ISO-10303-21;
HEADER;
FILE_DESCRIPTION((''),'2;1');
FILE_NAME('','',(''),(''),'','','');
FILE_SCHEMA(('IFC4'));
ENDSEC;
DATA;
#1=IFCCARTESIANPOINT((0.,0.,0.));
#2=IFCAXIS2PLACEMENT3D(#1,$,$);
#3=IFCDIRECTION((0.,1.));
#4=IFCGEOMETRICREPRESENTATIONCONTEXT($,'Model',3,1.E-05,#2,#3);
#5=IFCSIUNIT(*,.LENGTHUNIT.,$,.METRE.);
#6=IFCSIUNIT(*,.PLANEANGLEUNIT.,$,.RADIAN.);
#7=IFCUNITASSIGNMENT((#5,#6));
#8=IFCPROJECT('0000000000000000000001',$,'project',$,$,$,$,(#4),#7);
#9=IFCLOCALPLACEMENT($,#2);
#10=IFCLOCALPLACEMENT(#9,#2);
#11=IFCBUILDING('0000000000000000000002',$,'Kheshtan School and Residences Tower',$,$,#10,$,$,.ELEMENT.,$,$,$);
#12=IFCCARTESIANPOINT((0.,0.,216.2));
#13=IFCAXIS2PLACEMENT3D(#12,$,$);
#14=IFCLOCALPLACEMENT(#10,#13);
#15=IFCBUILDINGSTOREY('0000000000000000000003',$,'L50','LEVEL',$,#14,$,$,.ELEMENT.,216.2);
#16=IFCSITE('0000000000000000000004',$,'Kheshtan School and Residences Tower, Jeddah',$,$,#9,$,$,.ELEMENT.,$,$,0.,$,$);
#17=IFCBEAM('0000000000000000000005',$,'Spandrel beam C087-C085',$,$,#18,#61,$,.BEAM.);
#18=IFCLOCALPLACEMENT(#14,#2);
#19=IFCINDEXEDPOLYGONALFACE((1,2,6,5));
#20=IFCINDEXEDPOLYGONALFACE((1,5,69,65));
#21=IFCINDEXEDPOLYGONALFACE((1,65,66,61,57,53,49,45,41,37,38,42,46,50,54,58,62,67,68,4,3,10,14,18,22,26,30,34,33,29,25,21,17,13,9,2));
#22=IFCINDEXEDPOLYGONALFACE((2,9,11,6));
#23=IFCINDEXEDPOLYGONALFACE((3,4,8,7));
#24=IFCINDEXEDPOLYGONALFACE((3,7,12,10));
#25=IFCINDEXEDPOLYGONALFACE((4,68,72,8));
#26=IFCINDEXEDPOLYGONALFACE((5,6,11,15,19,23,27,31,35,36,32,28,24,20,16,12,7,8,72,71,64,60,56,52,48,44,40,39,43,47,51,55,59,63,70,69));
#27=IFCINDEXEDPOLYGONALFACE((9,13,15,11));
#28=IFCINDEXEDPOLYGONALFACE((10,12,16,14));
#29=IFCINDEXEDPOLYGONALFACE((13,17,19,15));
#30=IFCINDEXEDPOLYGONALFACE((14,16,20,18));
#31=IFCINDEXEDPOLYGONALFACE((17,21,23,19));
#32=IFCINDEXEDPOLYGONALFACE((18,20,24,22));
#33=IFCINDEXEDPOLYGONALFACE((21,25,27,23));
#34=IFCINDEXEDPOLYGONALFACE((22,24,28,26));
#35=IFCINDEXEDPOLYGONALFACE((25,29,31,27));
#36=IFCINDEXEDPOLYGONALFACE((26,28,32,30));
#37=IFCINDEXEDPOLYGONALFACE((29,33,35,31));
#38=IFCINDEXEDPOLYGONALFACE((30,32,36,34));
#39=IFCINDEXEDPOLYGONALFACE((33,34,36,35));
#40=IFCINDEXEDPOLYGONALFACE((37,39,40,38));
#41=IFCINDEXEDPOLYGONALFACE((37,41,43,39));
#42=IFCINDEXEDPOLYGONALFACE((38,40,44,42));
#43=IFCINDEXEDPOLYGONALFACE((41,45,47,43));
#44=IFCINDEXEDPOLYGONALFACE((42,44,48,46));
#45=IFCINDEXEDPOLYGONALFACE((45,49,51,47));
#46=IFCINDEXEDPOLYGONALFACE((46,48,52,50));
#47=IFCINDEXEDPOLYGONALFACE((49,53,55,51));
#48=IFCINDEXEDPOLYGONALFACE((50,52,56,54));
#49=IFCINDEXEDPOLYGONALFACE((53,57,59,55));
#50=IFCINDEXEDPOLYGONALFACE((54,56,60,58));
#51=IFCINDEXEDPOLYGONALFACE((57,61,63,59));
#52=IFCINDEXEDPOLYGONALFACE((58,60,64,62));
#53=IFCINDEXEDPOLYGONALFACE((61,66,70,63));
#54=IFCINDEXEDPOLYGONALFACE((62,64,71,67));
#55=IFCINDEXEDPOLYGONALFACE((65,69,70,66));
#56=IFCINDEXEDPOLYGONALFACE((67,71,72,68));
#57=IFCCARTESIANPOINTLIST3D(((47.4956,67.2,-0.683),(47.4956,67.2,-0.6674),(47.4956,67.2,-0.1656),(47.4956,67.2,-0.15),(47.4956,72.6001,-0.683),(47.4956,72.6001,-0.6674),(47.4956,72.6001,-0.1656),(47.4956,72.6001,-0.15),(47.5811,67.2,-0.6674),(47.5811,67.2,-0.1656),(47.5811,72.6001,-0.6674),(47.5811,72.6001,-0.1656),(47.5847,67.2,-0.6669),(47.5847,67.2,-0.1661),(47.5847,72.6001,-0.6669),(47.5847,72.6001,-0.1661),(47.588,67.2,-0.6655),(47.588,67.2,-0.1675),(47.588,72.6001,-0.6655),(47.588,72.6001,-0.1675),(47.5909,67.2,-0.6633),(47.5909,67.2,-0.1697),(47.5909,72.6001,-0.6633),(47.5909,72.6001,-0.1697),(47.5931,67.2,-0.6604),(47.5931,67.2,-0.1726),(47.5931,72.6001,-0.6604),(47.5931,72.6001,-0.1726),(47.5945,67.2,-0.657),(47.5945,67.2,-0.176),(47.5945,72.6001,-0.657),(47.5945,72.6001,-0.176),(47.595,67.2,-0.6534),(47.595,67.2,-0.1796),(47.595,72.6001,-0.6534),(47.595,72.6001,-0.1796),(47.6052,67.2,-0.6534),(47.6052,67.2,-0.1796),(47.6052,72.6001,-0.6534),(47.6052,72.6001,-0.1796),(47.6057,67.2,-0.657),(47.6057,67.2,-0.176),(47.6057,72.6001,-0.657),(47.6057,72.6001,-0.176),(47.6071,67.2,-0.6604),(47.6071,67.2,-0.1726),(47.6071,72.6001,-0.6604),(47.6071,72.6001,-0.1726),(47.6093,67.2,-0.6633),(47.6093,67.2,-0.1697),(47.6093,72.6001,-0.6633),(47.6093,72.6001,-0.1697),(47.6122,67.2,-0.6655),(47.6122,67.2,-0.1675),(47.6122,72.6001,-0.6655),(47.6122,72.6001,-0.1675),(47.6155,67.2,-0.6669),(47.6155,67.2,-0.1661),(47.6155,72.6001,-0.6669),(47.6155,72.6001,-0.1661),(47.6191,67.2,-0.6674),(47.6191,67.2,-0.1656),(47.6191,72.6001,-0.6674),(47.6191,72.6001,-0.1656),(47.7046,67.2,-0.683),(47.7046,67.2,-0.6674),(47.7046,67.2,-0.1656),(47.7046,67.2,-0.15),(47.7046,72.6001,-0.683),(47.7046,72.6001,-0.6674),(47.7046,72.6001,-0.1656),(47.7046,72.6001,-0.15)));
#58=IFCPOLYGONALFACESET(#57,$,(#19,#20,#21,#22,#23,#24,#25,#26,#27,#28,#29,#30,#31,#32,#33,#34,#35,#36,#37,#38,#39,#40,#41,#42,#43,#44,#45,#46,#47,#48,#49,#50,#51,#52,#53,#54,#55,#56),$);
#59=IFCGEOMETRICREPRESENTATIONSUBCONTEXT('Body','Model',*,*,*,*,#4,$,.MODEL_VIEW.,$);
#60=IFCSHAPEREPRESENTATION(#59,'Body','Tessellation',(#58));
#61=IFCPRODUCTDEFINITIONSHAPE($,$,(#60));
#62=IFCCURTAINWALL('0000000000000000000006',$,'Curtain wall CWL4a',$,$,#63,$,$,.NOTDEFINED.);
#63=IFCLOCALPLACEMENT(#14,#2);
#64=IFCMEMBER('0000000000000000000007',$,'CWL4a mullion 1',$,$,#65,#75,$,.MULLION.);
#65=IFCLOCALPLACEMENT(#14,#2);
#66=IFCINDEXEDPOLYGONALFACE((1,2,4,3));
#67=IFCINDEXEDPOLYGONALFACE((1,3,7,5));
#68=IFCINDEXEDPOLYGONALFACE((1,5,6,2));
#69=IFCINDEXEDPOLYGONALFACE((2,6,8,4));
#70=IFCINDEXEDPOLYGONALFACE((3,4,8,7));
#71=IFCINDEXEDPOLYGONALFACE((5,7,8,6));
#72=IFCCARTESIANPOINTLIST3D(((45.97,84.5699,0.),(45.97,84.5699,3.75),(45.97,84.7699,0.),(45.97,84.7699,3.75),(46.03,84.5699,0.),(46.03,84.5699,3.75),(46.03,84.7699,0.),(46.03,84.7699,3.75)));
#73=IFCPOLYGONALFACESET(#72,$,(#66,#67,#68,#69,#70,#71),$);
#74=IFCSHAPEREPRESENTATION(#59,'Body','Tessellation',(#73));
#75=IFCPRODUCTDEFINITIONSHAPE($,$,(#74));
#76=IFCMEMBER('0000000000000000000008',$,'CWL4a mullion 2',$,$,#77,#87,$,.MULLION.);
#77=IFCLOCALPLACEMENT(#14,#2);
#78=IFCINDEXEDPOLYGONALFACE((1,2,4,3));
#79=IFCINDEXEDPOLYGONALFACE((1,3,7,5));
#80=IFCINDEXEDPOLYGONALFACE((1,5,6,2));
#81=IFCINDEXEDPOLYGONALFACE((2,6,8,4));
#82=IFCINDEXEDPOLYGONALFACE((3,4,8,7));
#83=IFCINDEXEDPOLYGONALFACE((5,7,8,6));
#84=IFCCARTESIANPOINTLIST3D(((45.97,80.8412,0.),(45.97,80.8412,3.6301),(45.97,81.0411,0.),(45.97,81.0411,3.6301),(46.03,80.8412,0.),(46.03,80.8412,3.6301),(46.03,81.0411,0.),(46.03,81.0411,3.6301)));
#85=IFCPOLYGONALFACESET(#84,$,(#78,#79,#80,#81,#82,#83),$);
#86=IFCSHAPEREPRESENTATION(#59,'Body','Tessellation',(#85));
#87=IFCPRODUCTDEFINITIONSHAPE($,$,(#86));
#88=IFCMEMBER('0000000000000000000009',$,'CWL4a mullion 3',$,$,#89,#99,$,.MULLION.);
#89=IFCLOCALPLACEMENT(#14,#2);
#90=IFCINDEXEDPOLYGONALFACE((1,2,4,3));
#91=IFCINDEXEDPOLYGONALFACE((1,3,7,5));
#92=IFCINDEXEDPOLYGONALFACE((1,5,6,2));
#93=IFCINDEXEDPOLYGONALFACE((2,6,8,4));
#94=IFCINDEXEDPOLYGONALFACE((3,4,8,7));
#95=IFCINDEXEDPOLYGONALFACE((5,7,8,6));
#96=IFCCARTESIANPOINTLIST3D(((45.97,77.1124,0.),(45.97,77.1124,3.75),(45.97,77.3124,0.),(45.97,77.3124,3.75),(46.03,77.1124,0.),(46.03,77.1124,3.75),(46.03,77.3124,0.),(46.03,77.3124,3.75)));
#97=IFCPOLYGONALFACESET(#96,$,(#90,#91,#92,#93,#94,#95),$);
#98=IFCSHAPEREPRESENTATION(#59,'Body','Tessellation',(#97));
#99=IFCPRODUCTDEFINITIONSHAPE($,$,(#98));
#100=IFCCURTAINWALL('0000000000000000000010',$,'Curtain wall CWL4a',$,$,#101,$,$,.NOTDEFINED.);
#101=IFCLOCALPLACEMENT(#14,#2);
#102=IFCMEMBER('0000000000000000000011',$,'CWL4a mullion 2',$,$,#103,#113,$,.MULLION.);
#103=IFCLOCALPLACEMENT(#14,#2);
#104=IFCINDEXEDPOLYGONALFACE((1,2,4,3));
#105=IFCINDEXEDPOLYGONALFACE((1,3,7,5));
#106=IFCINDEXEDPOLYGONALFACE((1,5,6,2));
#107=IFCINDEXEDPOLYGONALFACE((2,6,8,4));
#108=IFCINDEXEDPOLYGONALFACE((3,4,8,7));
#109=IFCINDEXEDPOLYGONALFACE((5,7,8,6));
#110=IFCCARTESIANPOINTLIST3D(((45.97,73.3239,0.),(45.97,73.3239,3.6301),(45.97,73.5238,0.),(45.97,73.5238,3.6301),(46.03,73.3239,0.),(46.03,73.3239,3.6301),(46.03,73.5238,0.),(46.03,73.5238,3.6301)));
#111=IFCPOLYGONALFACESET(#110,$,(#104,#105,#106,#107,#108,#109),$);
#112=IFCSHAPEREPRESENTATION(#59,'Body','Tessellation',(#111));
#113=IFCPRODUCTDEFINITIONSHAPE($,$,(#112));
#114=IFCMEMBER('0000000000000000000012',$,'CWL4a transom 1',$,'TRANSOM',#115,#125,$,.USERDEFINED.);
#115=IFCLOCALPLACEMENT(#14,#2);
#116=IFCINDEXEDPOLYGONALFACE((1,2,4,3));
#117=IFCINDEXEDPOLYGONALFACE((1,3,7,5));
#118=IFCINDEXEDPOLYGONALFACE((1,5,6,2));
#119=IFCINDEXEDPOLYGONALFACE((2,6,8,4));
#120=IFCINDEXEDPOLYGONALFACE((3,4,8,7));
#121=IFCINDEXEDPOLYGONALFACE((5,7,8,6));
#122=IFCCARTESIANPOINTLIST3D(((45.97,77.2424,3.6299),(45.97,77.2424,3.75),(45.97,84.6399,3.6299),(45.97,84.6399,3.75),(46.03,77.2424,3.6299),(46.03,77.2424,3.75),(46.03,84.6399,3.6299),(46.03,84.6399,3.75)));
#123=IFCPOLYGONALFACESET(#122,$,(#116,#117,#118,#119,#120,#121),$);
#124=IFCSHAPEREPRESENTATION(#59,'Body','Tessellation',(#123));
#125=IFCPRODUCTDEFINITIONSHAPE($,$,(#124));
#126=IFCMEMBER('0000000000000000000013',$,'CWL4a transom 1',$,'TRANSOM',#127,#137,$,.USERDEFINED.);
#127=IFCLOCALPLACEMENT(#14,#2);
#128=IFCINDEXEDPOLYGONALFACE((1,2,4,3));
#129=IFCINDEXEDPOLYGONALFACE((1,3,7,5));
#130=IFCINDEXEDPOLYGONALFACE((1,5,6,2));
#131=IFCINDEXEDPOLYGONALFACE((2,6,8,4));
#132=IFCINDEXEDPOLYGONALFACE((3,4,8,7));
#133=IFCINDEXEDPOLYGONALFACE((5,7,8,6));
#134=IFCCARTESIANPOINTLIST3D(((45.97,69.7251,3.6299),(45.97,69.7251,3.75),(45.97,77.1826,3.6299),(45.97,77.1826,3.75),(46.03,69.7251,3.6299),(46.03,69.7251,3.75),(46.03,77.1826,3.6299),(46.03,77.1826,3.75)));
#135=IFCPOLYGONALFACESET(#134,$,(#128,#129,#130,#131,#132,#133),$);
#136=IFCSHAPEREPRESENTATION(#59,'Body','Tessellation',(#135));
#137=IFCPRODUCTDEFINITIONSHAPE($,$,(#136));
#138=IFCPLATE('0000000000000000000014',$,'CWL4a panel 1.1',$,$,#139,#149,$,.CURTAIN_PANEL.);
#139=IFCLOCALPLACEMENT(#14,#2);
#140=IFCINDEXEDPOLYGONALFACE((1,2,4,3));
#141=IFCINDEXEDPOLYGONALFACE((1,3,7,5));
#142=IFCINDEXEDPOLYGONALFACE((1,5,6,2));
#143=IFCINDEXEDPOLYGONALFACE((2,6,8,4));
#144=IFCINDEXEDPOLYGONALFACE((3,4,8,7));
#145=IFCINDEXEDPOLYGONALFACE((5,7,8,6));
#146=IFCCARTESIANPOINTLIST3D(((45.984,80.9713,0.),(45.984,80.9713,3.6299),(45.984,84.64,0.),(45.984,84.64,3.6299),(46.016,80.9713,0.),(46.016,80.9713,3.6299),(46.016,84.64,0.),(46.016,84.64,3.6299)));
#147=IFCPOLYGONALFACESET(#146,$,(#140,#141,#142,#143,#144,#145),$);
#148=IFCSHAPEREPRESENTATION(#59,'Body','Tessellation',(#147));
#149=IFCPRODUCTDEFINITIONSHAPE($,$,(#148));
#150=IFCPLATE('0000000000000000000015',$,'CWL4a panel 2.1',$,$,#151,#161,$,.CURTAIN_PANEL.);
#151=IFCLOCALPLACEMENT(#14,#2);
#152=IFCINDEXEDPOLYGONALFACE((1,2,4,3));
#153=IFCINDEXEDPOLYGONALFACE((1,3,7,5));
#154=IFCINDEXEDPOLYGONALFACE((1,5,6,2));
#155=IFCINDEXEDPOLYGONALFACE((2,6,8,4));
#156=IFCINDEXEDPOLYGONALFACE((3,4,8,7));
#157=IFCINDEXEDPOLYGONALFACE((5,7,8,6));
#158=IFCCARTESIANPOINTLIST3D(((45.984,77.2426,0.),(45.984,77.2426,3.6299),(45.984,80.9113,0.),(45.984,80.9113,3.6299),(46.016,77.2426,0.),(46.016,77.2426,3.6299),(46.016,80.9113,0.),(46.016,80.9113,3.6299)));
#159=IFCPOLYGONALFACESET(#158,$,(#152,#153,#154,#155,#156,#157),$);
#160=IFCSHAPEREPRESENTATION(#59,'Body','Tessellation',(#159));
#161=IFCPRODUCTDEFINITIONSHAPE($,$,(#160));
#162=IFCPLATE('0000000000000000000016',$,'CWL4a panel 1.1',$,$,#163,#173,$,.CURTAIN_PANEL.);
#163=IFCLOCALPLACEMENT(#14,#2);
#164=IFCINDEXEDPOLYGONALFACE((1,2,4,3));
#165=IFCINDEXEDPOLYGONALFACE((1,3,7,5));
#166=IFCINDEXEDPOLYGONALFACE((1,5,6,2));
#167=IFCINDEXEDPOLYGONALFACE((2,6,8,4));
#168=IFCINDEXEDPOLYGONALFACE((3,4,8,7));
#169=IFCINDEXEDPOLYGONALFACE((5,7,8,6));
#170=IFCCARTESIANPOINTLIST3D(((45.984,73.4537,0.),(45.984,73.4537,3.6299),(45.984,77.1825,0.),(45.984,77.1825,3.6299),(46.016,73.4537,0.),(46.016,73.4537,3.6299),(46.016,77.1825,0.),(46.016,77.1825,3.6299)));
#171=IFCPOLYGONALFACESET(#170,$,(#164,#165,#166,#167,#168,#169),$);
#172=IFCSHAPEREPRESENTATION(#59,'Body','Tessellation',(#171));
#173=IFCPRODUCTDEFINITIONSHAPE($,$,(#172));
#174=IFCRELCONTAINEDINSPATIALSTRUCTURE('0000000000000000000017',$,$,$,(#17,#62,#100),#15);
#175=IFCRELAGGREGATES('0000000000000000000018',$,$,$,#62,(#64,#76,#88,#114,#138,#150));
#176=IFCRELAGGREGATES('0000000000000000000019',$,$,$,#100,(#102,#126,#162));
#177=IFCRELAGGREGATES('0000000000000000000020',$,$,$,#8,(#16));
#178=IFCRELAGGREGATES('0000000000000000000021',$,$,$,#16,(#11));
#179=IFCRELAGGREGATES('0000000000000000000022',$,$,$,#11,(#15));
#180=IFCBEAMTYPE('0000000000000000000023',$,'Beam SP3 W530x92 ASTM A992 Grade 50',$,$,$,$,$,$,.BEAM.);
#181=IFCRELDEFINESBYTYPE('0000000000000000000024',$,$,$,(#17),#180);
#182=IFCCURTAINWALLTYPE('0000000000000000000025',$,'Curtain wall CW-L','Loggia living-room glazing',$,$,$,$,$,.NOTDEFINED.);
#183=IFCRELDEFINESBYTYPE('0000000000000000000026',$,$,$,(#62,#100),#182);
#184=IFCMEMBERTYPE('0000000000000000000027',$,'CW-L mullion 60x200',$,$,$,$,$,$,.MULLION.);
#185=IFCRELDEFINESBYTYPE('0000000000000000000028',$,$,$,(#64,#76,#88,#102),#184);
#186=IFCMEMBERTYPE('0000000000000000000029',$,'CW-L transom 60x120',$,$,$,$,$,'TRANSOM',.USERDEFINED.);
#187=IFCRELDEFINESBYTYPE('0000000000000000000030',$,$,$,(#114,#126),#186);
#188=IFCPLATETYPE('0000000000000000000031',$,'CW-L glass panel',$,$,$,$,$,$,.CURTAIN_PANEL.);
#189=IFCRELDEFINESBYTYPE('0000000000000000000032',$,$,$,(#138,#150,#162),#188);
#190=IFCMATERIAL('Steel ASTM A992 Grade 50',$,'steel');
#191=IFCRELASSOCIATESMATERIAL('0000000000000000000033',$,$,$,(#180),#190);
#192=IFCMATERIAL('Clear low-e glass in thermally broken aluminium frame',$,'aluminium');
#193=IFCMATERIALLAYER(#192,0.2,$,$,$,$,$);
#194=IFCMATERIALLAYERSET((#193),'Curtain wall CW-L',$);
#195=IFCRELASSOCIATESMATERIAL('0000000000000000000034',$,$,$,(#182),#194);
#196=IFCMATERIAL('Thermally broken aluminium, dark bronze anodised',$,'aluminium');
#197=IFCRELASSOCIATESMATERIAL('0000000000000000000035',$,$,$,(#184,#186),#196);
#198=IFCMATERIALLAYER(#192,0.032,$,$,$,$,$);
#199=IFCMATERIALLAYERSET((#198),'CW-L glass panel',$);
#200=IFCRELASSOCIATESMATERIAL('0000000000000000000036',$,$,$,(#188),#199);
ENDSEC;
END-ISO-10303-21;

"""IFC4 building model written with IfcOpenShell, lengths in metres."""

from ifc_helpers import new_model, si_unit, direction, frame, origin, origin_2d, place, context, subcontext, project, spatial, rectangle, i_section, extrude, material, layer, layer_set, material_profile, profile_set, type_object, element, aggregate, save


model = new_model("IFC4")

# Units and contexts
model_context = context("Model", 3, precision=1e-05, world=origin(), true_north=direction((0.0, 1.0)))
body_context = subcontext(model_context, "Body", "Model", "MODEL_VIEW")
ifc_project = project(units=[si_unit("LENGTHUNIT", "METRE"), si_unit("PLANEANGLEUNIT", "RADIAN")], contexts=[model_context])

# Site, building, storey
site_placement = place(None, origin())
site = spatial("IfcSite", under=ifc_project, at=site_placement, Name="Kheshtan School and Residences Tower, Jeddah", CompositionType="ELEMENT", RefElevation=0.0)
building_placement = place(site_placement, origin())
building = spatial("IfcBuilding", under=site, at=building_placement, Name="Kheshtan School and Residences Tower", CompositionType="ELEMENT")
storey_placement = place(building_placement, frame((0.0, 0.0, 216.2)))
storey = spatial("IfcBuildingStorey", under=building, at=storey_placement, Name="L50", Description="LEVEL", CompositionType="ELEMENT", Elevation=216.2)

# Shared definitions
ifc_material_1 = material(Name="Steel ASTM A992 Grade 50", Category="steel")

# Beam
ifc_material_profile_1 = material_profile(ifc_material_1, i_section(OverallWidth=0.209, OverallDepth=0.533, WebThickness=0.0103, FlangeThickness=0.0156, FilletRadius=0.0139, at=origin_2d()), Name="W530x92")
ifc_profile_set_1 = profile_set([ifc_material_profile_1], Name="Steel ASTM A992 Grade 50")
beam_type_1 = type_object("IfcBeamType", Name="Beam SP3 W530x92 ASTM A992 Grade 50", PredefinedType="BEAM", material=ifc_profile_set_1)
beam_1_placement = place(storey_placement, frame((47.6001, 72.6001, -0.4165), z_axis=(0.0, -1.0, 0.0), x_axis=(1.0, 0.0, 0.0)))
element("IfcBeam", 1, at=beam_1_placement, inside=storey, type_object=beam_type_1, Name="Spandrel beam C087-C085", PredefinedType="BEAM", context=body_context, shape_type="SweptSolid", body=[
    extrude(i_section(OverallWidth=0.209, OverallDepth=0.533, WebThickness=0.0103, FlangeThickness=0.0156, FilletRadius=0.0139, at=origin_2d()), origin(), (0.0, 0.0, 1.0), 5.4001),
])

# Curtain wall, members
ifc_material_2 = material(Name="Clear low-e glass in thermally broken aluminium frame", Category="aluminium")
ifc_layer_1 = layer(ifc_material_2, 0.2)
ifc_layer_set_1 = layer_set([ifc_layer_1], Name="Curtain wall CW-L")
curtain_wall_type = type_object("IfcCurtainWallType", Name="Curtain wall CW-L", Description="Loggia living-room glazing", PredefinedType="NOTDEFINED", material=ifc_layer_set_1)
curtain_wall_1_placement = place(storey_placement, origin())
curtain_wall_1 = element("IfcCurtainWall", 2, at=curtain_wall_1_placement, inside=storey, type_object=curtain_wall_type, Name="Curtain wall CWL4a", PredefinedType="NOTDEFINED")
ifc_material_3 = material(Name="Thermally broken aluminium, dark bronze anodised", Category="aluminium")
ifc_material_profile_2 = material_profile(ifc_material_3, rectangle(XDim=0.0601, YDim=0.2, at=origin_2d()), Name="CW-L mullion 60x200")
ifc_profile_set_2 = profile_set([ifc_material_profile_2], Name="Thermally broken aluminium, dark bronze anodised")
member_type_1 = type_object("IfcMemberType", Name="CW-L mullion 60x200", PredefinedType="MULLION", material=ifc_profile_set_2)
member_1_placement = place(storey_placement, frame((46.0, 84.6699, 0.0), z_axis=(0.0, 0.0, 1.0), x_axis=(1.0, 0.0, 0.0)))
member_1 = element("IfcMember", 3, at=member_1_placement, type_object=member_type_1, Name="CWL4a mullion 1", PredefinedType="MULLION", context=body_context, shape_type="SweptSolid", body=[
    extrude(rectangle(XDim=0.0601, YDim=0.2, at=origin_2d()), origin(), (0.0, 0.0, 1.0), 3.75),
])
member_2_placement = place(storey_placement, frame((46.0, 80.9412, 0.0), z_axis=(0.0, 0.0, 1.0), x_axis=(1.0, 0.0, 0.0)))
member_2 = element("IfcMember", 4, at=member_2_placement, type_object=member_type_1, Name="CWL4a mullion 2", PredefinedType="MULLION", context=body_context, shape_type="SweptSolid", body=[
    extrude(rectangle(XDim=0.0601, YDim=0.2, at=origin_2d()), origin(), (0.0, 0.0, 1.0), 3.6301),
])
member_3_placement = place(storey_placement, frame((46.0, 77.2124, 0.0), z_axis=(0.0, 0.0, 1.0), x_axis=(1.0, 0.0, 0.0)))
member_3 = element("IfcMember", 5, at=member_3_placement, type_object=member_type_1, Name="CWL4a mullion 3", PredefinedType="MULLION", context=body_context, shape_type="SweptSolid", body=[
    extrude(rectangle(XDim=0.0601, YDim=0.2, at=origin_2d()), origin(), (0.0, 0.0, 1.0), 3.75),
])

# Curtain wall, member
curtain_wall_2_placement = place(storey_placement, origin())
curtain_wall_2 = element("IfcCurtainWall", 6, at=curtain_wall_2_placement, inside=storey, type_object=curtain_wall_type, Name="Curtain wall CWL4a", PredefinedType="NOTDEFINED")
member_4_placement = place(storey_placement, frame((46.0, 73.4238, 0.0), z_axis=(0.0, 0.0, 1.0), x_axis=(1.0, 0.0, 0.0)))
member_4 = element("IfcMember", 7, at=member_4_placement, type_object=member_type_1, Name="CWL4a mullion 2", PredefinedType="MULLION", context=body_context, shape_type="SweptSolid", body=[
    extrude(rectangle(XDim=0.0601, YDim=0.2, at=origin_2d()), origin(), (0.0, 0.0, 1.0), 3.6301),
])

# Members
ifc_material_profile_3 = material_profile(ifc_material_3, rectangle(XDim=0.0601, YDim=0.1201, at=origin_2d()), Name="CW-L transom 60x120")
ifc_profile_set_3 = profile_set([ifc_material_profile_3], Name="Thermally broken aluminium, dark bronze anodised")
member_type_2 = type_object("IfcMemberType", Name="CW-L transom 60x120", ElementType="TRANSOM", PredefinedType="USERDEFINED", material=ifc_profile_set_3)
member_5_placement = place(storey_placement, frame((46.0, 84.6399, 3.6899), z_axis=(0.0, -1.0, 0.0), x_axis=(1.0, 0.0, 0.0)))
member_5 = element("IfcMember", 8, at=member_5_placement, type_object=member_type_2, Name="CWL4a transom 1", ObjectType="TRANSOM", PredefinedType="USERDEFINED", context=body_context, shape_type="SweptSolid", body=[
    extrude(rectangle(XDim=0.0601, YDim=0.1201, at=origin_2d()), origin(), (0.0, 0.0, 1.0), 7.3975),
])
member_6_placement = place(storey_placement, frame((46.0, 77.1826, 3.6899), z_axis=(0.0, -1.0, 0.0), x_axis=(1.0, 0.0, 0.0)))
member_6 = element("IfcMember", 9, at=member_6_placement, type_object=member_type_2, Name="CWL4a transom 1", ObjectType="TRANSOM", PredefinedType="USERDEFINED", context=body_context, shape_type="SweptSolid", body=[
    extrude(rectangle(XDim=0.0601, YDim=0.1201, at=origin_2d()), origin(), (0.0, 0.0, 1.0), 7.4575),
])

# Plates
ifc_layer_2 = layer(ifc_material_2, 0.032)
ifc_layer_set_2 = layer_set([ifc_layer_2], Name="CW-L glass panel")
plate_type = type_object("IfcPlateType", Name="CW-L glass panel", PredefinedType="CURTAIN_PANEL", material=ifc_layer_set_2)
plate_1_placement = place(storey_placement, frame((46.0, 82.8057, 0.0), z_axis=(0.0, 0.0, 1.0), x_axis=(0.0, -1.0, 0.0)))
plate_1 = element("IfcPlate", 10, at=plate_1_placement, type_object=plate_type, Name="CWL4a panel 1.1", PredefinedType="CURTAIN_PANEL", context=body_context, shape_type="SweptSolid", body=[
    extrude(rectangle(XDim=3.6687, YDim=0.032, at=origin_2d()), origin(), (0.0, 0.0, 1.0), 3.6299),
])
plate_2_placement = place(storey_placement, frame((46.0, 79.0769, 0.0), z_axis=(0.0, 0.0, 1.0), x_axis=(0.0, -1.0, 0.0)))
plate_2 = element("IfcPlate", 11, at=plate_2_placement, type_object=plate_type, Name="CWL4a panel 2.1", PredefinedType="CURTAIN_PANEL", context=body_context, shape_type="SweptSolid", body=[
    extrude(rectangle(XDim=3.6687, YDim=0.032, at=origin_2d()), origin(), (0.0, 0.0, 1.0), 3.6299),
])
aggregate(curtain_wall_1, [member_1, member_2, member_3, member_5, plate_1, plate_2])
plate_3_placement = place(storey_placement, frame((46.0, 75.3181, 0.0), z_axis=(0.0, 0.0, 1.0), x_axis=(0.0, -1.0, 0.0)))
plate_3 = element("IfcPlate", 12, at=plate_3_placement, type_object=plate_type, Name="CWL4a panel 1.1", PredefinedType="CURTAIN_PANEL", context=body_context, shape_type="SweptSolid", body=[
    extrude(rectangle(XDim=3.7288, YDim=0.032, at=origin_2d()), origin(), (0.0, 0.0, 1.0), 3.6299),
])
aggregate(curtain_wall_2, [member_4, member_6, plate_3])

save(model, "model.ifc")
